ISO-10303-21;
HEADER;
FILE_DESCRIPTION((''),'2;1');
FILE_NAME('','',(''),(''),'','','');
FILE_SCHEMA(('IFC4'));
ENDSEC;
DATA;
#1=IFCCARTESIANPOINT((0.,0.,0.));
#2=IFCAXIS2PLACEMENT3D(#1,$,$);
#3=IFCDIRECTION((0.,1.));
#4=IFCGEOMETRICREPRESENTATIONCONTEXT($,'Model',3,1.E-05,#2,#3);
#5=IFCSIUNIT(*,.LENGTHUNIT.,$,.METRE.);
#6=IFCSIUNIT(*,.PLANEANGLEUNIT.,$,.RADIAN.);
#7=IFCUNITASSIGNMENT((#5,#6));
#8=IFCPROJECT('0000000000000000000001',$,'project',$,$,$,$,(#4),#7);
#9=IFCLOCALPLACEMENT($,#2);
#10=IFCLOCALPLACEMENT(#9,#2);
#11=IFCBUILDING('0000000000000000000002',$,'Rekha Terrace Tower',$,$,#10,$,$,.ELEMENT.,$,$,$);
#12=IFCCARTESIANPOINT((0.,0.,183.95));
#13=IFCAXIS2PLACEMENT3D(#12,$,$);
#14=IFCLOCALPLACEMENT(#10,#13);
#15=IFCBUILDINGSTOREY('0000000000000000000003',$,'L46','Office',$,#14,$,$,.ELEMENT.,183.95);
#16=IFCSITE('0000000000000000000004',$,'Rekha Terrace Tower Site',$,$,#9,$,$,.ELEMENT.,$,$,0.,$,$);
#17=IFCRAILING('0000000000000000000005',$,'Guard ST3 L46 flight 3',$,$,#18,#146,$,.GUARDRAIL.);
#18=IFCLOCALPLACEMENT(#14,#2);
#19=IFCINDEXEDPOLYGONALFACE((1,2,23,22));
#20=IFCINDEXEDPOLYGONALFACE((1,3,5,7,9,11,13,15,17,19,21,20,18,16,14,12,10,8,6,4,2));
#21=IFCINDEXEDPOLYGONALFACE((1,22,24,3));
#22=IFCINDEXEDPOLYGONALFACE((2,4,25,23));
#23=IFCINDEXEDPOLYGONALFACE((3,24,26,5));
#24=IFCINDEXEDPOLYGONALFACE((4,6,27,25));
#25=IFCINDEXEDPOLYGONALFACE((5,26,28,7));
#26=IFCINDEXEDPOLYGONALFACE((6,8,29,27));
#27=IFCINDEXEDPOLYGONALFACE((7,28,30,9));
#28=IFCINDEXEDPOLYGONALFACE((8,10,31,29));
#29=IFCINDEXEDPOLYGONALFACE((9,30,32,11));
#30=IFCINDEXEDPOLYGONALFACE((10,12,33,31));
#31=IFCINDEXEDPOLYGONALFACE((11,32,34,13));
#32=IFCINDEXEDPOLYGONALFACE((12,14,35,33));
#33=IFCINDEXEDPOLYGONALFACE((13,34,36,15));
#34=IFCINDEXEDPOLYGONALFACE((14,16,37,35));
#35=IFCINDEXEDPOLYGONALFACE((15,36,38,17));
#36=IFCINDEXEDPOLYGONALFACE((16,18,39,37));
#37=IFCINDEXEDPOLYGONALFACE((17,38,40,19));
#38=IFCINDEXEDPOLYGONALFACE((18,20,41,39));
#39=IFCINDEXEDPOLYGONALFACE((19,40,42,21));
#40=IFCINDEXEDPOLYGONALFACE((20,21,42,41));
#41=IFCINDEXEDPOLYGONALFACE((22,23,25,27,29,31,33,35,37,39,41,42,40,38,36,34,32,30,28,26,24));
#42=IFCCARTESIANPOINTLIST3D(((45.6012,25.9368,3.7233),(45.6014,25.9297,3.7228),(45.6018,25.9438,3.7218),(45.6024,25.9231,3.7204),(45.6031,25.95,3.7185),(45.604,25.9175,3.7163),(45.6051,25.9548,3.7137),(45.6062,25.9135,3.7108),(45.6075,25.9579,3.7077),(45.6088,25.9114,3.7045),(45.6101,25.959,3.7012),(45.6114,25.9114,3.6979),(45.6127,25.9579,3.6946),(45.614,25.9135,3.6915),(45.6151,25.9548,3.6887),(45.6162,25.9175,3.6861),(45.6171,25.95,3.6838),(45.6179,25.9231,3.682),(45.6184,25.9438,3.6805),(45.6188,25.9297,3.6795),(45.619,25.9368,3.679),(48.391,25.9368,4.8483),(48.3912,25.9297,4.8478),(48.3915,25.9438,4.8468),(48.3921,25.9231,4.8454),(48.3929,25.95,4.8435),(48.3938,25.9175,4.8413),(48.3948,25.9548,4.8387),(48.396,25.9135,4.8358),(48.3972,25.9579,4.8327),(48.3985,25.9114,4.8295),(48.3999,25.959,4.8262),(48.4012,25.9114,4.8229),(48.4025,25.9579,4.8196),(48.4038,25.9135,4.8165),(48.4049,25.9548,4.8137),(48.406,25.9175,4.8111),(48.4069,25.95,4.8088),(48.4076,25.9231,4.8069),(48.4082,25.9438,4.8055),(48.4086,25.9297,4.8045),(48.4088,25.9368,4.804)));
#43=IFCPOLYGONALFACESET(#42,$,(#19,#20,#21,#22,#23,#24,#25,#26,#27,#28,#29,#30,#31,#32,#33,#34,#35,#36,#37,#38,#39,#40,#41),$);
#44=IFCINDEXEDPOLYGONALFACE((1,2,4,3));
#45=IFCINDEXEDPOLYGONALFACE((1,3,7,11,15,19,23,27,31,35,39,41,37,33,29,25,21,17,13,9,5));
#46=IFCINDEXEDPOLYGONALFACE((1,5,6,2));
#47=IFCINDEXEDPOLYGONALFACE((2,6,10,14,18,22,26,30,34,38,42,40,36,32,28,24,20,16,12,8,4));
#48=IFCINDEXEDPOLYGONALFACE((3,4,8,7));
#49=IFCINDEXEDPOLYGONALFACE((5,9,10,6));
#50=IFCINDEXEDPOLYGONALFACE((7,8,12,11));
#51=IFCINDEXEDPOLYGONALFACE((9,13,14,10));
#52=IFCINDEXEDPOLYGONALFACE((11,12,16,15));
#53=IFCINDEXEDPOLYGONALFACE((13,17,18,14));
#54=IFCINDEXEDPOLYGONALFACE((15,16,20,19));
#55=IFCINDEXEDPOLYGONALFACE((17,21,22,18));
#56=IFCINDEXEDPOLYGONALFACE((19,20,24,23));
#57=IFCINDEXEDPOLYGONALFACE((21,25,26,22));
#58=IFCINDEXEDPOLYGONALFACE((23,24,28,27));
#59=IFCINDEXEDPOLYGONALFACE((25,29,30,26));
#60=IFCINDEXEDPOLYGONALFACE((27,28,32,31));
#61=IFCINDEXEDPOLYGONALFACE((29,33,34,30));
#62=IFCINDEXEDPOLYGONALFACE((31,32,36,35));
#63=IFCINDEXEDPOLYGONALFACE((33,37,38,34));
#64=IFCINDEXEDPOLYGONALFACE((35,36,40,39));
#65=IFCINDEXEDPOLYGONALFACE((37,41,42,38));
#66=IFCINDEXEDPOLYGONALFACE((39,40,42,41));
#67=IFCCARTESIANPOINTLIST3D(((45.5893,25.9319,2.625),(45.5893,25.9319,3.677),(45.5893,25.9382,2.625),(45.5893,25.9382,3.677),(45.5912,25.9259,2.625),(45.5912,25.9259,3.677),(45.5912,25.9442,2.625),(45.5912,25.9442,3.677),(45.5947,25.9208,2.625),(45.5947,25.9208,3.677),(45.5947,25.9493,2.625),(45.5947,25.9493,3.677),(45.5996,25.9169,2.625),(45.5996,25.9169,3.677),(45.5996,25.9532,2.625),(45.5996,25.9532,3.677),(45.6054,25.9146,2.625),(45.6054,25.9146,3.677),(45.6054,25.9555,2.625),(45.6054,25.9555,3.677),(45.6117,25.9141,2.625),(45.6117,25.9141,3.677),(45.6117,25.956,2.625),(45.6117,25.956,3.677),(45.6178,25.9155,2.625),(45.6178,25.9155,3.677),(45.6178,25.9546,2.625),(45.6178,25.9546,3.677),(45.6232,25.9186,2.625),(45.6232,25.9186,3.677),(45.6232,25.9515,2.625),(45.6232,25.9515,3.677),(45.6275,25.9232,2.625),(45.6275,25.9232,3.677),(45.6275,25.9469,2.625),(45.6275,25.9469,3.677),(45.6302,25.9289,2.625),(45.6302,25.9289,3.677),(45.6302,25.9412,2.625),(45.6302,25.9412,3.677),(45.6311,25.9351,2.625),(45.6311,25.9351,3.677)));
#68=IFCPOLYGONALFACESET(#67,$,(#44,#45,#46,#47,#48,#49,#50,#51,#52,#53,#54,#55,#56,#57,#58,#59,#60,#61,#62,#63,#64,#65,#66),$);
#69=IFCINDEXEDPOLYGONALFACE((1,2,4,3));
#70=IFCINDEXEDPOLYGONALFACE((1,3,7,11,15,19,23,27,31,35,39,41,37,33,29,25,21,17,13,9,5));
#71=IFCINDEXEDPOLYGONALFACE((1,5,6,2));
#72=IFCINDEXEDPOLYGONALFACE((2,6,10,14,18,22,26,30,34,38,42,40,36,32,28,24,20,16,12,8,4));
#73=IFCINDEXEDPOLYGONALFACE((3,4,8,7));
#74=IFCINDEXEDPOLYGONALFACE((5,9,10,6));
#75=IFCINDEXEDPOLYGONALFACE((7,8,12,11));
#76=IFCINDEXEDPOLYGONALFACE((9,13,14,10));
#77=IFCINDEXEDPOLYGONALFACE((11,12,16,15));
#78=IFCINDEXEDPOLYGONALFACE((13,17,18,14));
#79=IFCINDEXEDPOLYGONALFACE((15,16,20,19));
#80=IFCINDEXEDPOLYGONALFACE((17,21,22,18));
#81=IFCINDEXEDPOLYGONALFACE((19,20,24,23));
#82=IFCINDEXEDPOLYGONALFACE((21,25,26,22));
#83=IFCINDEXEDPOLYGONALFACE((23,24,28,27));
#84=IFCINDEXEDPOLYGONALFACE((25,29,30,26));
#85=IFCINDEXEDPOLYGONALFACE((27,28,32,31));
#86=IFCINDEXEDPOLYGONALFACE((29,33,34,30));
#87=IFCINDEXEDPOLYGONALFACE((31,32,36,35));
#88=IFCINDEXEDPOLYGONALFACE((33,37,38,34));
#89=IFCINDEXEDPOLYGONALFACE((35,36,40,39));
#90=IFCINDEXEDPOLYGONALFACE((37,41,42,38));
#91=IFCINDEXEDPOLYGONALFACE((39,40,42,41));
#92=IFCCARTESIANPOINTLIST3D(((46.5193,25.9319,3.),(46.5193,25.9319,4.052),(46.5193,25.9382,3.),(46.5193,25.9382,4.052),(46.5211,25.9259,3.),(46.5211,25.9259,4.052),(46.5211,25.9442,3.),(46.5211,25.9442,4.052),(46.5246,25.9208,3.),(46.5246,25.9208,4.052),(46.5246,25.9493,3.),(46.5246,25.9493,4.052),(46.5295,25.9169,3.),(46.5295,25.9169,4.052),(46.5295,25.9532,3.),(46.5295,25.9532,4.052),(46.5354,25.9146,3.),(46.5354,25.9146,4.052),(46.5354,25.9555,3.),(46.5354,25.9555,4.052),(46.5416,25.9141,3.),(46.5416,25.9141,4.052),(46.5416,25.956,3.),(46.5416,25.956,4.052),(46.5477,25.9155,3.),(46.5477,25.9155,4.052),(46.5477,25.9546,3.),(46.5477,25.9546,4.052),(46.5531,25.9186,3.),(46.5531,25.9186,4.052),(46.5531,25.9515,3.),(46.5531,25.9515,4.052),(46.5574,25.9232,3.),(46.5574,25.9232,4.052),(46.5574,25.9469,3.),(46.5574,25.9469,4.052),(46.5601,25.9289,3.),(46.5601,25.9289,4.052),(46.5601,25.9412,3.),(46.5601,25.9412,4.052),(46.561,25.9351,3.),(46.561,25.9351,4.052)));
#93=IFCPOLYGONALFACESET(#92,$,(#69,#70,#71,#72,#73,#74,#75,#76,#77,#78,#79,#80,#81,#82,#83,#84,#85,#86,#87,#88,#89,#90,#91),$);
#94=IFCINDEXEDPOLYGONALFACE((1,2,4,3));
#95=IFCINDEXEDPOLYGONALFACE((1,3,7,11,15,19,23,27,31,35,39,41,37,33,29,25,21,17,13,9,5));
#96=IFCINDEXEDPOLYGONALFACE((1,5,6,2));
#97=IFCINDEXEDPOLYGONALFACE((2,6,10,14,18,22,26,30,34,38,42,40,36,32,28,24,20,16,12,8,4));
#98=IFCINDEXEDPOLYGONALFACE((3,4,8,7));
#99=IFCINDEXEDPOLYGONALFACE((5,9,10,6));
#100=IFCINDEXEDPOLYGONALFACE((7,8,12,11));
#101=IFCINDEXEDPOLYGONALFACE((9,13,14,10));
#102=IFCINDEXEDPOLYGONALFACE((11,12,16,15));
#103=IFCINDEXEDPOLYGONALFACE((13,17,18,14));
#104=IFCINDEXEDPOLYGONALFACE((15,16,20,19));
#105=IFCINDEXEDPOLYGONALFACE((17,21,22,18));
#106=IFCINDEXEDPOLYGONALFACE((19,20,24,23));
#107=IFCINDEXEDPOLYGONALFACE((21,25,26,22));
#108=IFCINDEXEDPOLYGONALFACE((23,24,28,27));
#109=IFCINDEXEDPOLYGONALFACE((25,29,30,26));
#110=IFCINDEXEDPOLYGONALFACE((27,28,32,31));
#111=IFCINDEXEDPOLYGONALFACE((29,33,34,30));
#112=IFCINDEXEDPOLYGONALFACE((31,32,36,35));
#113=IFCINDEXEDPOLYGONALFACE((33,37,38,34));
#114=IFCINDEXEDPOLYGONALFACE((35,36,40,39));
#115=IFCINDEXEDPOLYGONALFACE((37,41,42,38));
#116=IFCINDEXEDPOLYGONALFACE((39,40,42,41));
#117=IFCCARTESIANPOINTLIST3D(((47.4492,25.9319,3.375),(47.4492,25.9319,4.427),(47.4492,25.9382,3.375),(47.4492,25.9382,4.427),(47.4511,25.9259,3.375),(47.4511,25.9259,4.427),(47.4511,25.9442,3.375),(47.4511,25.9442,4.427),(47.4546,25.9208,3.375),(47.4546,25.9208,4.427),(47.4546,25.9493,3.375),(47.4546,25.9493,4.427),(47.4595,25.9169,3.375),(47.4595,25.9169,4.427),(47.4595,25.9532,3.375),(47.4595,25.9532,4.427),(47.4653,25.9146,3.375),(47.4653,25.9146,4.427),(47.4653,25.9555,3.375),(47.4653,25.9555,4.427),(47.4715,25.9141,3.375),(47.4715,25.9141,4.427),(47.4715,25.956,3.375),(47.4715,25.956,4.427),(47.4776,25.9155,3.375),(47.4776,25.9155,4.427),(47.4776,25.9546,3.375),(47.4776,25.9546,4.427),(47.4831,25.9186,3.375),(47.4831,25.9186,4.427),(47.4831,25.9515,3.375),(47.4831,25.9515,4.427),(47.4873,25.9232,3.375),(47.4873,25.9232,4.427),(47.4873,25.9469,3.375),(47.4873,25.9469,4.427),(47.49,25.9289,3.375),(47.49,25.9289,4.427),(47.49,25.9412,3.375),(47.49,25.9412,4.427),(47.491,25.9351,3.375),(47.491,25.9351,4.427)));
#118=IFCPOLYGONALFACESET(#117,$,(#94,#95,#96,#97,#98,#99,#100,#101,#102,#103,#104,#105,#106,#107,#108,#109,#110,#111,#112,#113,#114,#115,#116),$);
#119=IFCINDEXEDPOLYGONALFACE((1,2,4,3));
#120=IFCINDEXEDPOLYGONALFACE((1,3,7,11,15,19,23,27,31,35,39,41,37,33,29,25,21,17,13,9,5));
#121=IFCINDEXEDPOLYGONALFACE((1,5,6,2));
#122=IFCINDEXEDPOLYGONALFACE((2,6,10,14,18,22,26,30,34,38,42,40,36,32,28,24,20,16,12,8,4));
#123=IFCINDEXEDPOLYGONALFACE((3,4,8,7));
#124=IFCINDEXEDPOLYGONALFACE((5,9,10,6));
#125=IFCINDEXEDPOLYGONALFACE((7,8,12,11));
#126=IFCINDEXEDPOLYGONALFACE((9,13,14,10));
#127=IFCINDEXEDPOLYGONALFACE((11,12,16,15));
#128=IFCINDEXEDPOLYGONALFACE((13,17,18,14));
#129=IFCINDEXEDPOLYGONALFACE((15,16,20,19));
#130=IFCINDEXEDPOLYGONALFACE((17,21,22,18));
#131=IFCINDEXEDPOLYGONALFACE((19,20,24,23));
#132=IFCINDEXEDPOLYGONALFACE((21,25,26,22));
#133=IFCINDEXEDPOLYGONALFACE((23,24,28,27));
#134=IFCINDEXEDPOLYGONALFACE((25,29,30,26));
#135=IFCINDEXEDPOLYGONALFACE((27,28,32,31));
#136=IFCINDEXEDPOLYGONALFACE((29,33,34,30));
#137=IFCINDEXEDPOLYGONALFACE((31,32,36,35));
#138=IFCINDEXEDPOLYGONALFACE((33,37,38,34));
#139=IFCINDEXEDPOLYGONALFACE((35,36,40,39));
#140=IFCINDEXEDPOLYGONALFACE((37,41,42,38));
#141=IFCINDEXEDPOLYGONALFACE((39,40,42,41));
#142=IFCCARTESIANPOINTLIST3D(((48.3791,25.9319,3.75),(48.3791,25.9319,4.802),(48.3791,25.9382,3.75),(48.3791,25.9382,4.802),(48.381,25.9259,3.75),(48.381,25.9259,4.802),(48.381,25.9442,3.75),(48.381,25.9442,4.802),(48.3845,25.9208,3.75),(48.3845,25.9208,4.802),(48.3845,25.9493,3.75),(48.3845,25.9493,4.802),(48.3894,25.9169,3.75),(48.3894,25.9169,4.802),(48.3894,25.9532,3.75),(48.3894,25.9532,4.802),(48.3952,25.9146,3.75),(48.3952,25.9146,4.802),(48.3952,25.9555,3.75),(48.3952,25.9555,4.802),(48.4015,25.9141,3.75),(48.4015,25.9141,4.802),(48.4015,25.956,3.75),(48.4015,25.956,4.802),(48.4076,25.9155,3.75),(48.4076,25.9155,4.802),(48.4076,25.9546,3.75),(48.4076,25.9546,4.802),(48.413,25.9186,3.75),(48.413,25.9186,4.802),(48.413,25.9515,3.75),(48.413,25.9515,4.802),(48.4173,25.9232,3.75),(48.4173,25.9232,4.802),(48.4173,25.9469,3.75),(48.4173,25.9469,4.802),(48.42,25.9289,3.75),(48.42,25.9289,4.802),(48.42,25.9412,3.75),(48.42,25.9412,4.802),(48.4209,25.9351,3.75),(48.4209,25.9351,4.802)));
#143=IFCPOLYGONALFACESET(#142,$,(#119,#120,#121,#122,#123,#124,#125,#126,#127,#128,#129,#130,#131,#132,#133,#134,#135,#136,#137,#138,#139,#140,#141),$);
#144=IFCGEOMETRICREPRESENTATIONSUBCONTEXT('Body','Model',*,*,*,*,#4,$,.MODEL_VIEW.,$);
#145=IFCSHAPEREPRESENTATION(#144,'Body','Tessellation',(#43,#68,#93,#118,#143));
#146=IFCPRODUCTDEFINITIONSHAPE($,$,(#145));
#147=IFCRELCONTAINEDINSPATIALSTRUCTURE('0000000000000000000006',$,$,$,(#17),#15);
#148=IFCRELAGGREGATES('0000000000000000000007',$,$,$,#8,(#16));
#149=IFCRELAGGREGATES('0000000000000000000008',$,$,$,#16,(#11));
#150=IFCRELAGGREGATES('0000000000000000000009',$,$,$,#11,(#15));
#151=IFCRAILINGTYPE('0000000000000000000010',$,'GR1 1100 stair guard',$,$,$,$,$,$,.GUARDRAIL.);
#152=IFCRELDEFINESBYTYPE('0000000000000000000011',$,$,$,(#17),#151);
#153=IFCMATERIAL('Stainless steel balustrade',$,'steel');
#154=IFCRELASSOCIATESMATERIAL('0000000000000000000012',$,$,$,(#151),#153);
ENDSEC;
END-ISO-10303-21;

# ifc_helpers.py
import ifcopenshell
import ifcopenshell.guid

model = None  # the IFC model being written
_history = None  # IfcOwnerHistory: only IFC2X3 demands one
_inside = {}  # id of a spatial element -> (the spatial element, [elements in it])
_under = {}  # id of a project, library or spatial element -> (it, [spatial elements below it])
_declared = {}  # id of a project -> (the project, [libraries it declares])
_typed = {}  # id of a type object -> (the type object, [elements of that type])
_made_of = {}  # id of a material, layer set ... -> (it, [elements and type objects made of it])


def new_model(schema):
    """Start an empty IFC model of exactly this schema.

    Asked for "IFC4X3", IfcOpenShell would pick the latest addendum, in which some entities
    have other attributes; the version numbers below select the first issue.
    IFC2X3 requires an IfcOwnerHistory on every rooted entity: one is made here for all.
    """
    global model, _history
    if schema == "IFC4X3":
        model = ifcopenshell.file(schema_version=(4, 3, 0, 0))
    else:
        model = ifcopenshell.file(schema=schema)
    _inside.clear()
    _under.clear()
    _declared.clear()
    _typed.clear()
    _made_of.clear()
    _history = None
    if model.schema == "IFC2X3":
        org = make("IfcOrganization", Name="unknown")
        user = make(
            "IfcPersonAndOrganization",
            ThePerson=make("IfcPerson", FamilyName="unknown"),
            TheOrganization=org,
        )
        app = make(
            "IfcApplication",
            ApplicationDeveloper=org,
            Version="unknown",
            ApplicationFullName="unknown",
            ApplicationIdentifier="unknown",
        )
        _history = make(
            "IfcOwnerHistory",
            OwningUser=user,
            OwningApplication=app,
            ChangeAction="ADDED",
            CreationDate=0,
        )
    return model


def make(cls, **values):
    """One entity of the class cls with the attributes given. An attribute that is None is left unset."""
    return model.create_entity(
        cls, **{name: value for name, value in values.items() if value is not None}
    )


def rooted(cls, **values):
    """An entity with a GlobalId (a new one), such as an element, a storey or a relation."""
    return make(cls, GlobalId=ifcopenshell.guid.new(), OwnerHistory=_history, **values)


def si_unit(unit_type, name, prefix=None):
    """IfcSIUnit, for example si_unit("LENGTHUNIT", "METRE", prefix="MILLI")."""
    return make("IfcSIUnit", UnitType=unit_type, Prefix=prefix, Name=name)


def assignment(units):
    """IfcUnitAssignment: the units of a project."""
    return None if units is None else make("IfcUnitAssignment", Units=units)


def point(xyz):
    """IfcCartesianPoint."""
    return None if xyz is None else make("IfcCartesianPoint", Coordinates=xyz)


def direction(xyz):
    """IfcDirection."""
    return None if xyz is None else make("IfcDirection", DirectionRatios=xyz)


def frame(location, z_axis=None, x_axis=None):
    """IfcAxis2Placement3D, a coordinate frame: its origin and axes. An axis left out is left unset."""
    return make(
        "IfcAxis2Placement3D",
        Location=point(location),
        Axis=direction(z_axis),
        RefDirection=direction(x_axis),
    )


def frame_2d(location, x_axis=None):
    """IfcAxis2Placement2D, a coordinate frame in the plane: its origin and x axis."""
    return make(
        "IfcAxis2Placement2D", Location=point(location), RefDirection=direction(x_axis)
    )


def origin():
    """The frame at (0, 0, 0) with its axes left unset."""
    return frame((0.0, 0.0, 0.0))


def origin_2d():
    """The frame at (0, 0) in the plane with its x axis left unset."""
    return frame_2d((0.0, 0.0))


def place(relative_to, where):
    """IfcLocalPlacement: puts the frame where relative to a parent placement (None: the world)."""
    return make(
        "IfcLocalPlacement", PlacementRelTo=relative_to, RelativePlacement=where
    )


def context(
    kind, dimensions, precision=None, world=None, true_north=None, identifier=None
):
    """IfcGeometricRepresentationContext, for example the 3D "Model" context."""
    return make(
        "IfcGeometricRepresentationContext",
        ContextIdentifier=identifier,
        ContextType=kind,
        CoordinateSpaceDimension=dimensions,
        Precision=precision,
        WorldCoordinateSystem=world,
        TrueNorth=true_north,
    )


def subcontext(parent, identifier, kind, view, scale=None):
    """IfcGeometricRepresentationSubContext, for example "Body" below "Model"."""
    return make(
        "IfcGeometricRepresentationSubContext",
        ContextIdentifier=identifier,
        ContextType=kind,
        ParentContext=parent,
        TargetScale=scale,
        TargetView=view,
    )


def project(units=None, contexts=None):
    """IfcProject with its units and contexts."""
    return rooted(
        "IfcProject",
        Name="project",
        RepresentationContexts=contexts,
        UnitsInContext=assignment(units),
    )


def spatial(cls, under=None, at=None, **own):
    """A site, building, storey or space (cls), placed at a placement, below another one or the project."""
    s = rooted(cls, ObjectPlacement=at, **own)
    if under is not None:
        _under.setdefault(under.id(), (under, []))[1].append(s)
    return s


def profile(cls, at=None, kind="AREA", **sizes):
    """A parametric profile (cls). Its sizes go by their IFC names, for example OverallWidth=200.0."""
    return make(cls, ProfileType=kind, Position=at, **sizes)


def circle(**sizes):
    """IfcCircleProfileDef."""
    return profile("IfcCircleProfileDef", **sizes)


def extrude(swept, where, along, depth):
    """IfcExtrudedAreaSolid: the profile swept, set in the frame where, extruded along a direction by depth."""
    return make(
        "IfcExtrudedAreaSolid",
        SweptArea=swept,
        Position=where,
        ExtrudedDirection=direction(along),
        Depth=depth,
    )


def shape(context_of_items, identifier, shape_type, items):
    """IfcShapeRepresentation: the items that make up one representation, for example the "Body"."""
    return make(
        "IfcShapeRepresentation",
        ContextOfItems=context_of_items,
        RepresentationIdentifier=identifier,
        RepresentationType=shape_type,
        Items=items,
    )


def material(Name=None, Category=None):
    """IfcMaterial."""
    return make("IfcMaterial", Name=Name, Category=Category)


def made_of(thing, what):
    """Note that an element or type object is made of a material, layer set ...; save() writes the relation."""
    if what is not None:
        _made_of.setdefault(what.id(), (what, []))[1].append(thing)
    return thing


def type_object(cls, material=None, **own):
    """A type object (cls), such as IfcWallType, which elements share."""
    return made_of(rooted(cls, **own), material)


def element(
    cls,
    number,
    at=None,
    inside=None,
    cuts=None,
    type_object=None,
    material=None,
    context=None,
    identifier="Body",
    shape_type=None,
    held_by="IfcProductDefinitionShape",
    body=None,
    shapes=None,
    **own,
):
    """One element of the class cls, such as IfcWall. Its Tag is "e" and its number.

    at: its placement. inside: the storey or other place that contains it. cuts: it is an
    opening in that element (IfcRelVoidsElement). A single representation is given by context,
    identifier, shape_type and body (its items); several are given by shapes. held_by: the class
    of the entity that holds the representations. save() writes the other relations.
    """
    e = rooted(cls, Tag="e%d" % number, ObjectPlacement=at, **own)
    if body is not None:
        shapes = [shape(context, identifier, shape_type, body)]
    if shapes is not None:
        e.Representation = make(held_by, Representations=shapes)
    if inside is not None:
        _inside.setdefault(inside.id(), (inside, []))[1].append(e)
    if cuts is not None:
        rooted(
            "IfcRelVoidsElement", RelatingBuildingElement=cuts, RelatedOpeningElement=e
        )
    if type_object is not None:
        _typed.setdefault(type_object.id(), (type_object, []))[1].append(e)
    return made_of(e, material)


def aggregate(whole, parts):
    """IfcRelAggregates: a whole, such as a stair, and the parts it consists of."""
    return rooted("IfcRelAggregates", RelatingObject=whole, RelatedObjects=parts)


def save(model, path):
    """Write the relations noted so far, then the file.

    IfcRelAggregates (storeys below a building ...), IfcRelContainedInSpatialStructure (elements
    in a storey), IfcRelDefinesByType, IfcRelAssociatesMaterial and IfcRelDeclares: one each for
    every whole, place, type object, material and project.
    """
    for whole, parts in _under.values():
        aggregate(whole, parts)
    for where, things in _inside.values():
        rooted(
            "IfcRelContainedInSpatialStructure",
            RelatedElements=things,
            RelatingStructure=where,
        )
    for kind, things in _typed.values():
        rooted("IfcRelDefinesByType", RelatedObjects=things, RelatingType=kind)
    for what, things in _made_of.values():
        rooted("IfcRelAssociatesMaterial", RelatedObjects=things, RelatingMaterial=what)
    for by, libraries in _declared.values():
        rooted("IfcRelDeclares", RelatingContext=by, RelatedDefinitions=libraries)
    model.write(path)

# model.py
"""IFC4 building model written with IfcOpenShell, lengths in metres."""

from ifc_helpers import new_model, si_unit, direction, frame, origin, origin_2d, place, context, subcontext, project, spatial, circle, extrude, material, type_object, element, save


model = new_model("IFC4")

# Units and contexts
model_context = context("Model", 3, precision=1e-05, world=origin(), true_north=direction((0.0, 1.0)))
body_context = subcontext(model_context, "Body", "Model", "MODEL_VIEW")
ifc_project = project(units=[si_unit("LENGTHUNIT", "METRE"), si_unit("PLANEANGLEUNIT", "RADIAN")], contexts=[model_context])

# Site, building, storey
site_placement = place(None, origin())
site = spatial("IfcSite", under=ifc_project, at=site_placement, Name="Rekha Terrace Tower Site", CompositionType="ELEMENT", RefElevation=0.0)
building_placement = place(site_placement, origin())
building = spatial("IfcBuilding", under=site, at=building_placement, Name="Rekha Terrace Tower", CompositionType="ELEMENT")
storey_placement = place(building_placement, frame((0.0, 0.0, 183.95)))
storey = spatial("IfcBuildingStorey", under=building, at=storey_placement, Name="L46", Description="Office", CompositionType="ELEMENT", Elevation=183.95)

# Railing
ifc_material_1 = material(Name="Stainless steel balustrade", Category="steel")
railing_type_1 = type_object("IfcRailingType", Name="GR1 1100 stair guard", PredefinedType="GUARDRAIL", material=ifc_material_1)
railing_1_placement = place(storey_placement, frame((45.6101, 25.9351, 2.625)))
element("IfcRailing", 1, at=railing_1_placement, inside=storey, type_object=railing_type_1, Name="Guard ST3 L46 flight 3", PredefinedType="GUARDRAIL", context=body_context, shape_type="SweptSolid", body=[
    extrude(circle(Radius=0.0239, at=origin_2d()), frame((0.0, 0.0, 1.0762), z_axis=(0.927432, 0.0, 0.373992), x_axis=(0.0, 1.0, 0.0)), (0.0, 0.0, 1.0), 3.0081),
    extrude(circle(Radius=0.021, at=origin_2d()), origin(), (0.0, 0.0, 1.0), 1.052),
    extrude(circle(Radius=0.021, at=origin_2d()), frame((0.9299, 0.0, 0.375)), (0.0, 0.0, 1.0), 1.052),
    extrude(circle(Radius=0.021, at=origin_2d()), frame((1.8599, 0.0, 0.75)), (0.0, 0.0, 1.0), 1.052),
    extrude(circle(Radius=0.021, at=origin_2d()), frame((2.7898, 0.0, 1.125)), (0.0, 0.0, 1.0), 1.052),
])

save(model, "model.ifc")
